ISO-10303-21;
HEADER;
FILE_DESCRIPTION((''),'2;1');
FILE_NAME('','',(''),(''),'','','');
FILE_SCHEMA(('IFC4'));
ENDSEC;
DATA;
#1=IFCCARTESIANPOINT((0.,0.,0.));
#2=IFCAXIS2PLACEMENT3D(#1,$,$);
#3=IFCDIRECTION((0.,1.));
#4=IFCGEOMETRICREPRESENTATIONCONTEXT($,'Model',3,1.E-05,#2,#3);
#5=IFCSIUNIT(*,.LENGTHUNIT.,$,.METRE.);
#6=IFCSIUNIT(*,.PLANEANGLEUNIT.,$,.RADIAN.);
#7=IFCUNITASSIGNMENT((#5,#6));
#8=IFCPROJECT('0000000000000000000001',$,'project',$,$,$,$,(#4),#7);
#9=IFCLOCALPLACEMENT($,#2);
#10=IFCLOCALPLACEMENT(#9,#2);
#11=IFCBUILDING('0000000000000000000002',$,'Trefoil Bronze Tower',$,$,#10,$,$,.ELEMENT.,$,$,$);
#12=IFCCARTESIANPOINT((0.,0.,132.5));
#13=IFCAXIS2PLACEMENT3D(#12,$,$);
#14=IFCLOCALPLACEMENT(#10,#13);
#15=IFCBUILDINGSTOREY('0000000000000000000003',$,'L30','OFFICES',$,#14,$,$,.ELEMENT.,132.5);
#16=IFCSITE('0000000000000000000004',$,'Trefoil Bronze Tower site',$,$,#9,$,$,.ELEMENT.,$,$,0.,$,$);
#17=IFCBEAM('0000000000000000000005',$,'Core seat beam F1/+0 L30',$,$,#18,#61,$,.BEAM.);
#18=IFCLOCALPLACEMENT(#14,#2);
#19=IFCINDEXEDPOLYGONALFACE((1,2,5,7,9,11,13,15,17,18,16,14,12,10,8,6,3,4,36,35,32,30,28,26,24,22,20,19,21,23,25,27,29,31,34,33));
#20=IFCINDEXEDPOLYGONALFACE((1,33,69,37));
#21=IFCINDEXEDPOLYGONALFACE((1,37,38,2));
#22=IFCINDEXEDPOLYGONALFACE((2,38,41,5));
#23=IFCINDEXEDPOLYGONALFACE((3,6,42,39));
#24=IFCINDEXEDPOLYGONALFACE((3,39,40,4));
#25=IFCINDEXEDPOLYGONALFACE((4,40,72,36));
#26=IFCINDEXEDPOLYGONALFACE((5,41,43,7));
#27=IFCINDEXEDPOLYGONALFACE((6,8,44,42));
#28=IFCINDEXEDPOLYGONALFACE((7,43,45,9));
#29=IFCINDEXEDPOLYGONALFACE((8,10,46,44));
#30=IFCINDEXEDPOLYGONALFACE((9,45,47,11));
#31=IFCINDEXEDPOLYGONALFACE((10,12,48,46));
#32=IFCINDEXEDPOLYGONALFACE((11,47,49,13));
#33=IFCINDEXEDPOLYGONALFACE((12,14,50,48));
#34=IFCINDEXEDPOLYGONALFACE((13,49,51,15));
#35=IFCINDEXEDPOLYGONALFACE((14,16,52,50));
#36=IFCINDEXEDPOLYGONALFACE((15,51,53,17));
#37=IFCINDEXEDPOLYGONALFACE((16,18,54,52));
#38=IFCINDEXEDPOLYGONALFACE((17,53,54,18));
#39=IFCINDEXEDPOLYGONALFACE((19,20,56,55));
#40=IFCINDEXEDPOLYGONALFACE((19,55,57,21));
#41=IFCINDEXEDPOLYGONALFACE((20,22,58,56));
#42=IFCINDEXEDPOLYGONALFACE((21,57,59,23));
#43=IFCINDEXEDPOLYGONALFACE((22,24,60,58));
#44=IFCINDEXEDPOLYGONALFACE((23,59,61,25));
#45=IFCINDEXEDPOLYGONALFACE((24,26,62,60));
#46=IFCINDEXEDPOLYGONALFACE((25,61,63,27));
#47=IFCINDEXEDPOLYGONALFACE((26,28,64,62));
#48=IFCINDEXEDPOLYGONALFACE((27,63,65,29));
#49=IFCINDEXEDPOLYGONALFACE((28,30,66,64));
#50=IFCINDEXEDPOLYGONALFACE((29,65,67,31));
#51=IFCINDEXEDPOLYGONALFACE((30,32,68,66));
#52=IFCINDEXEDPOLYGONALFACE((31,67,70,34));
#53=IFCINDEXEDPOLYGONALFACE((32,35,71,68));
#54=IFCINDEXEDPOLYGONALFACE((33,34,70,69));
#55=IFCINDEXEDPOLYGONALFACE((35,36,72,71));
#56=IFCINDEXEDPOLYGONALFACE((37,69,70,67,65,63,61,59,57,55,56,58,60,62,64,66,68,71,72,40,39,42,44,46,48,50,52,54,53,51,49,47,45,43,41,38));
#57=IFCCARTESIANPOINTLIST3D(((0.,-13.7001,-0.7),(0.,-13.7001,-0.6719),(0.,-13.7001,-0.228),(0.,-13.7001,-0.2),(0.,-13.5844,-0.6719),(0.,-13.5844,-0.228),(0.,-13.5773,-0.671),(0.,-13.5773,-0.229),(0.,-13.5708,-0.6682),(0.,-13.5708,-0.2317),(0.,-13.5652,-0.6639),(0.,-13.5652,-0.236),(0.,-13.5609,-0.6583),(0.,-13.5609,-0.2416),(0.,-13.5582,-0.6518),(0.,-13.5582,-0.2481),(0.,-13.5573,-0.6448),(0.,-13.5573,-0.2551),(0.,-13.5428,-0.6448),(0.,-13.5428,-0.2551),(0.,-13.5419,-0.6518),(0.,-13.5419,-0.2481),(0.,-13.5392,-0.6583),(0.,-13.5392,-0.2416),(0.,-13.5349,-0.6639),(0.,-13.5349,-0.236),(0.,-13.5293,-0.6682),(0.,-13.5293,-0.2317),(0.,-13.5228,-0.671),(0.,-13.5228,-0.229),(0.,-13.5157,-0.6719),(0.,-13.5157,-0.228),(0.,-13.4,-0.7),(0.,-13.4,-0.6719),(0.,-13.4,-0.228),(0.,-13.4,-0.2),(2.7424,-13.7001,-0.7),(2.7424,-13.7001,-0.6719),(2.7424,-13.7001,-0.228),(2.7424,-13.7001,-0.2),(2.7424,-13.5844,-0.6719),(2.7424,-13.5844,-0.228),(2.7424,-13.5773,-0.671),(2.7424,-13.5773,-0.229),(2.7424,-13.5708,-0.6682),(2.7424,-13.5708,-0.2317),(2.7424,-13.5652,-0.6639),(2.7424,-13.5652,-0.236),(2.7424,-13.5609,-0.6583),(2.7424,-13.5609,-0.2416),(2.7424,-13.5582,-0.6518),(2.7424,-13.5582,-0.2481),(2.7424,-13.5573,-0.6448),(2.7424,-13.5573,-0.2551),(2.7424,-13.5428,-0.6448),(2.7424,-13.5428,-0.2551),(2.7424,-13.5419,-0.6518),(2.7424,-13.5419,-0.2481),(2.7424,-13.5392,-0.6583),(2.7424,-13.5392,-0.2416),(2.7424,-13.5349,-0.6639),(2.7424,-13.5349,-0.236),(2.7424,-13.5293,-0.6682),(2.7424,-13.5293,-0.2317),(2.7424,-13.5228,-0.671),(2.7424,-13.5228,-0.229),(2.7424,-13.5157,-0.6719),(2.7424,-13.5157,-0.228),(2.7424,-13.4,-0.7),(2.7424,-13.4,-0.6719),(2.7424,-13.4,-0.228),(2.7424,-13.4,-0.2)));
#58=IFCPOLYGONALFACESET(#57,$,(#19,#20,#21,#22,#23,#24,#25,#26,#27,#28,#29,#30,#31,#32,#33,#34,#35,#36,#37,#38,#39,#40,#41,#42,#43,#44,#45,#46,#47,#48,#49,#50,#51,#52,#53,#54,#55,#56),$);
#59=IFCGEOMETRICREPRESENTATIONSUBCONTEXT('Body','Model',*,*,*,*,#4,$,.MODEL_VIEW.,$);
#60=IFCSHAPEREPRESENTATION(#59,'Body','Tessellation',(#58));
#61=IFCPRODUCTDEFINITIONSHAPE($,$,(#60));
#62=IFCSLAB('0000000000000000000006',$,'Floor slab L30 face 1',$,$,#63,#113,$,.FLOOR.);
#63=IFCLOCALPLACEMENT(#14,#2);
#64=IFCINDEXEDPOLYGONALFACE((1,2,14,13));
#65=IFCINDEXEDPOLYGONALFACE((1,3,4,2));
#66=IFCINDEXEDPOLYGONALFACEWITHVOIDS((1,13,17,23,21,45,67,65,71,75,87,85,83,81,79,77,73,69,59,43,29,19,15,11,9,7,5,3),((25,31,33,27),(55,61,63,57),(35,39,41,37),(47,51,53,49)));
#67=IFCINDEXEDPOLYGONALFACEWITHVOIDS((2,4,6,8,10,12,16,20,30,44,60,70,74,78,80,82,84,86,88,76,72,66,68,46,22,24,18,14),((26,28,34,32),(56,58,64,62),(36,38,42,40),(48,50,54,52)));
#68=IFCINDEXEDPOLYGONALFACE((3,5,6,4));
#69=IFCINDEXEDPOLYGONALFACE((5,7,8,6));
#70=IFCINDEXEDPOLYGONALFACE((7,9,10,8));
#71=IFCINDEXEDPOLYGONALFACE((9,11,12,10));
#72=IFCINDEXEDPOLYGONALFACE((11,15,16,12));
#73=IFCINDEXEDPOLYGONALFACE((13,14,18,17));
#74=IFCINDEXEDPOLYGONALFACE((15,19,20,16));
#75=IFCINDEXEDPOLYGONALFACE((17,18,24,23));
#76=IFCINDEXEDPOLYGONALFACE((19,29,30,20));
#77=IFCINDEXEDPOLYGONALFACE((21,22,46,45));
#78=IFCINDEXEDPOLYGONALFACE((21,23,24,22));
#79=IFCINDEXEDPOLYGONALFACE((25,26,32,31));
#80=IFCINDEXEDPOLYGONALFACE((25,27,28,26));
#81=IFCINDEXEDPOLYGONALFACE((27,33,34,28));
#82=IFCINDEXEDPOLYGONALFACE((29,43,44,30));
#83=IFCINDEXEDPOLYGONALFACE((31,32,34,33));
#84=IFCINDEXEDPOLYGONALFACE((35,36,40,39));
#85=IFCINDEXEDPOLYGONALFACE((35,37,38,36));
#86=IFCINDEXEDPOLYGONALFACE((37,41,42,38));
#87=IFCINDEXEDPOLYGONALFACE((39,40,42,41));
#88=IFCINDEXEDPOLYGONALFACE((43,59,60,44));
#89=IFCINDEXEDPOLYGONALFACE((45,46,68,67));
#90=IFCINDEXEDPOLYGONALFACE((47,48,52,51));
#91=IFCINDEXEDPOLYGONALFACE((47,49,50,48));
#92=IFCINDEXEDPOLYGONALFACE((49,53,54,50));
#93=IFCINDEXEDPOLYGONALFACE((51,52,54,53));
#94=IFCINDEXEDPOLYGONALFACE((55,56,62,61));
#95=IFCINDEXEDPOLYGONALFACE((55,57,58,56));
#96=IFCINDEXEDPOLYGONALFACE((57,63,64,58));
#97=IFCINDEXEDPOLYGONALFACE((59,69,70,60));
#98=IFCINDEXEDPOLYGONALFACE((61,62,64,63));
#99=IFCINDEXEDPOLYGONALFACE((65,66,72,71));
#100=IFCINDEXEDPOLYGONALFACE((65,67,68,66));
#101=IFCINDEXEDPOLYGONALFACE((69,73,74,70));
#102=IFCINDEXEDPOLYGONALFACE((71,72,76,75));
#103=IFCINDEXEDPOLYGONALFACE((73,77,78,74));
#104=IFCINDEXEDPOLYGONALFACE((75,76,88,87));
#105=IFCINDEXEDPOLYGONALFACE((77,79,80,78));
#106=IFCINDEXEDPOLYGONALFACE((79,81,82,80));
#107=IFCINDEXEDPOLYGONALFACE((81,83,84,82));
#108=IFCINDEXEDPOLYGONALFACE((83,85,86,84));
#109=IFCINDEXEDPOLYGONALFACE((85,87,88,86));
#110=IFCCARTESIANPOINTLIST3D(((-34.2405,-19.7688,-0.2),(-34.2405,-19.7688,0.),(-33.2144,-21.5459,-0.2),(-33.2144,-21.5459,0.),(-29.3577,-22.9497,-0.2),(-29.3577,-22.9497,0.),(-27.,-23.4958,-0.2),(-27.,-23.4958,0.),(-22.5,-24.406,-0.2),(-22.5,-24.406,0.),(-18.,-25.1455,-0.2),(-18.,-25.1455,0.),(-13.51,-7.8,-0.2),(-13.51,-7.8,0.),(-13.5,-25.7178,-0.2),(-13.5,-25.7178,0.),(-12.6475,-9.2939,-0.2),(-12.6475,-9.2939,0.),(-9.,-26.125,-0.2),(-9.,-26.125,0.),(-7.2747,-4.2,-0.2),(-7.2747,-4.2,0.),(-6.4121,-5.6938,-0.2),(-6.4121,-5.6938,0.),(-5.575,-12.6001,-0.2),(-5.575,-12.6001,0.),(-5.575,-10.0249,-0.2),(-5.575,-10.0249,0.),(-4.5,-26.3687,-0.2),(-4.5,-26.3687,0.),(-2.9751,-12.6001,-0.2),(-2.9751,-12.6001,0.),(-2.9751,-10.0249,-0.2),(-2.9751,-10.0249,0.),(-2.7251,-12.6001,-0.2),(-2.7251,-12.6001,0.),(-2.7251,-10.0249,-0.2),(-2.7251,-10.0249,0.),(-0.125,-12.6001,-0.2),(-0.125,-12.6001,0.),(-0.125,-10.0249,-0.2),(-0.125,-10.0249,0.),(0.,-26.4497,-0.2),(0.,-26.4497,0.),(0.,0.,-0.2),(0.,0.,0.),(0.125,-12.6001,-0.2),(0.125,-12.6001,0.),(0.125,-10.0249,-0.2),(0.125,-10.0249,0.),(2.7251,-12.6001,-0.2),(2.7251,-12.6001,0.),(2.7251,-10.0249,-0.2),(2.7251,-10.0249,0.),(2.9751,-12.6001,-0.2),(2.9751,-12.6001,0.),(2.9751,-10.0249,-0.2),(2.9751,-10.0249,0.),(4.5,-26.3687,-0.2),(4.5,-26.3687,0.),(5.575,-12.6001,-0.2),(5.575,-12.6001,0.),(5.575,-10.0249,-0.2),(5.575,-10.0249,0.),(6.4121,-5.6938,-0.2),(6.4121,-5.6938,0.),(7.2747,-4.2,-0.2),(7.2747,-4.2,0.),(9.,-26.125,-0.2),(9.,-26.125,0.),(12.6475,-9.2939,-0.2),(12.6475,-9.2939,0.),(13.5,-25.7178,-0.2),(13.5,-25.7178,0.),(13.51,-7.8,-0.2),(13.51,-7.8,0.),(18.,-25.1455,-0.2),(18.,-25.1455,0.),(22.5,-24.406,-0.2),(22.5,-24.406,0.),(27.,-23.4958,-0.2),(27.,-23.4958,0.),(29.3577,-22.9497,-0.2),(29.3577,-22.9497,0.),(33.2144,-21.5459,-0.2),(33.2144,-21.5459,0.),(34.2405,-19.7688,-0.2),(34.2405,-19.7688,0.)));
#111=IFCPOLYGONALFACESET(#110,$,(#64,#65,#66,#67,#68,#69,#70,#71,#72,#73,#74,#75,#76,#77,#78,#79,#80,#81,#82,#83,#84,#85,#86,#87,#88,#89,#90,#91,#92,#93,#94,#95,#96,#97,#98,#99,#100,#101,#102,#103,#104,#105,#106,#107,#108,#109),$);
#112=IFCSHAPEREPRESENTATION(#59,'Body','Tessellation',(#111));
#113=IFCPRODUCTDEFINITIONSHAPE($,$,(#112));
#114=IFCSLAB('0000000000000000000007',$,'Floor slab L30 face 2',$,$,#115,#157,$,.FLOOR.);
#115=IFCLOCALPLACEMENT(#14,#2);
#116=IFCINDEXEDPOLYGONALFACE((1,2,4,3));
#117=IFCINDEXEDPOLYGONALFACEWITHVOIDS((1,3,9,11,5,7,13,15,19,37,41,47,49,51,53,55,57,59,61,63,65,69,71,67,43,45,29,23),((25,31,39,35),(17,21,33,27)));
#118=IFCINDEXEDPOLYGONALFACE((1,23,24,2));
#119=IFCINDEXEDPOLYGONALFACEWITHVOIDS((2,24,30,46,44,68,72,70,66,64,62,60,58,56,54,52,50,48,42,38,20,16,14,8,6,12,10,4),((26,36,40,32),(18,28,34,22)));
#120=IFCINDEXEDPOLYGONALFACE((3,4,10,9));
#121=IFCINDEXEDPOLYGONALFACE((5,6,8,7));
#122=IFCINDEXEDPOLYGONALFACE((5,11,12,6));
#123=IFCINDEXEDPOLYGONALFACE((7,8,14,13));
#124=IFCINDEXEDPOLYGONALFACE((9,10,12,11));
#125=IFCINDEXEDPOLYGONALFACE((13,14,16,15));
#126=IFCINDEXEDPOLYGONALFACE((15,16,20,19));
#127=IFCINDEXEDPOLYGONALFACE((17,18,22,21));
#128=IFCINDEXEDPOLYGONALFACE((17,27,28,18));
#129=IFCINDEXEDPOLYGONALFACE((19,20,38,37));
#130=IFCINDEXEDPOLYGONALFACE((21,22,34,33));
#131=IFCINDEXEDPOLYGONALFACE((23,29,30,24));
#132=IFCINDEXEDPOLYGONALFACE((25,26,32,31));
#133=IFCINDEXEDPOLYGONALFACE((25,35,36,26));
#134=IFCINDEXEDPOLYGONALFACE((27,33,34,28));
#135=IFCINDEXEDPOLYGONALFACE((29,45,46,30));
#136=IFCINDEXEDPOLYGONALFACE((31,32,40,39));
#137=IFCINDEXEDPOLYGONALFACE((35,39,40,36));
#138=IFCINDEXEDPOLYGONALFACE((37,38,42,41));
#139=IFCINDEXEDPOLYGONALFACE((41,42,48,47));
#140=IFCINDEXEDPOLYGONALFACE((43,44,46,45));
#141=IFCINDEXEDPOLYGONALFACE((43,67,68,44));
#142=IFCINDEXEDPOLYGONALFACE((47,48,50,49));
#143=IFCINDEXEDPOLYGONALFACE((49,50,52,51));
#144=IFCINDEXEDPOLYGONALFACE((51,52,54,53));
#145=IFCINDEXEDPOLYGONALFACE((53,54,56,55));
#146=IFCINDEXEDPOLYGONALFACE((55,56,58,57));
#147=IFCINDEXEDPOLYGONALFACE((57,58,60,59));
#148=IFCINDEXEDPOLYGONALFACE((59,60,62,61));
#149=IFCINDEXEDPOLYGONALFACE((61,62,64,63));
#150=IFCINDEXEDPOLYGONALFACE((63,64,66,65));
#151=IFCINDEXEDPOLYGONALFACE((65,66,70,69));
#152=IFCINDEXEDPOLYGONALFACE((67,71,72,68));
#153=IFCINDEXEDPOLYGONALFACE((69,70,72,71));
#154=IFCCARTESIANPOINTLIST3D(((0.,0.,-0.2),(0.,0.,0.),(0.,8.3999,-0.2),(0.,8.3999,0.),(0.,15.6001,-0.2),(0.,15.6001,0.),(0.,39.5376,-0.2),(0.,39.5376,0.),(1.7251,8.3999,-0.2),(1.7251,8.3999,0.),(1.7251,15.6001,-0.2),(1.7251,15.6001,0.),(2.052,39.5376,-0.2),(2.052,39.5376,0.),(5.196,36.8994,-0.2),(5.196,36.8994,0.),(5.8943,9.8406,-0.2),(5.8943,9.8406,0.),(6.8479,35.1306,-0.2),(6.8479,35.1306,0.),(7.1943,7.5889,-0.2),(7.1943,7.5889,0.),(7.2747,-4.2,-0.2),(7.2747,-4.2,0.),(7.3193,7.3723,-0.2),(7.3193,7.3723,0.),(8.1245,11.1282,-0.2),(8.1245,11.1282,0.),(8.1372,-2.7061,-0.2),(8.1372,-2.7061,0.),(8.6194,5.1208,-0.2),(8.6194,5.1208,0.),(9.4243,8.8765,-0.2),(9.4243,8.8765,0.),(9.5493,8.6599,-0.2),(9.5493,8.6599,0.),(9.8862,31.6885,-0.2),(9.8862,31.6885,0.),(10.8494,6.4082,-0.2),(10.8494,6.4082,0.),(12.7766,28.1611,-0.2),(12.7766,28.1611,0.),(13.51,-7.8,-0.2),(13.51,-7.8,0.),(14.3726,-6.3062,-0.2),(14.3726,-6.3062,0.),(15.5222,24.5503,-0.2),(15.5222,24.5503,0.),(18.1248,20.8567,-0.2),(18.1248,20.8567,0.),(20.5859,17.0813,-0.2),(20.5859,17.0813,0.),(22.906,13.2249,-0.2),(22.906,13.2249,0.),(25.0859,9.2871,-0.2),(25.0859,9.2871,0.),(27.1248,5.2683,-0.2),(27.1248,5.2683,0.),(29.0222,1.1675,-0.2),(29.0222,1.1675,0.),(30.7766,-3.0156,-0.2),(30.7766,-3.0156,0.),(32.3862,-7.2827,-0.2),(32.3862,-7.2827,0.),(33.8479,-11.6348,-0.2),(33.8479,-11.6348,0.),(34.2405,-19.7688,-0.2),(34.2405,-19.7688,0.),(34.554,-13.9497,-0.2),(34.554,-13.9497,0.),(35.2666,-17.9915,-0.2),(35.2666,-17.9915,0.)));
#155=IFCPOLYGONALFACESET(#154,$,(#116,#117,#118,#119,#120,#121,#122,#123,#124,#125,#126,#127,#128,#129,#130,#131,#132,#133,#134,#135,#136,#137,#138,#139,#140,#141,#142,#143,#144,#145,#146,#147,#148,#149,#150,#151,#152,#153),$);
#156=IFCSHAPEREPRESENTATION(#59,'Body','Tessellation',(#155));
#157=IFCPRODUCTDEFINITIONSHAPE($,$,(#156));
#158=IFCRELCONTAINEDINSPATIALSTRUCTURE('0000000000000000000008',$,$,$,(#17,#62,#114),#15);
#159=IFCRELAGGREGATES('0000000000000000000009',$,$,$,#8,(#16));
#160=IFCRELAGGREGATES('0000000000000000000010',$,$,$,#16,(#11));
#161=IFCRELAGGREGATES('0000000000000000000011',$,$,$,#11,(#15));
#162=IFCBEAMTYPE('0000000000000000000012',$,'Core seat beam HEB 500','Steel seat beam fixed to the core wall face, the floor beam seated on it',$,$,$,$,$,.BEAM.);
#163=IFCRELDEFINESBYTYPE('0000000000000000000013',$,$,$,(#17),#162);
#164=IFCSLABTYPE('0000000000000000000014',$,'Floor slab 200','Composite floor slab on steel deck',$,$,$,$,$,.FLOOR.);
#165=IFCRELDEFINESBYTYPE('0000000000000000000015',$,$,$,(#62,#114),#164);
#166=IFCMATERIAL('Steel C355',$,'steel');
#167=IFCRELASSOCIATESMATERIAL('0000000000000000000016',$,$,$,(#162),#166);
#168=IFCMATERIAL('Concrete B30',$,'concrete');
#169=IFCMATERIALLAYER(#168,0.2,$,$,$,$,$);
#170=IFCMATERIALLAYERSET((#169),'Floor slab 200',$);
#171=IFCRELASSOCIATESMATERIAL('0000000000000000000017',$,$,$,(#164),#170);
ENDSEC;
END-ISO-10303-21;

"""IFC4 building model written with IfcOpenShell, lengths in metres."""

from ifc_helpers import new_model, si_unit, direction, frame, origin, origin_2d, place, context, subcontext, project, spatial, polyline, i_section, outline, extrude, material, layer, layer_set, material_profile, profile_set, type_object, element, save


model = new_model("IFC4")

# Units and contexts
model_context = context("Model", 3, precision=1e-05, world=origin(), true_north=direction((0.0, 1.0)))
body_context = subcontext(model_context, "Body", "Model", "MODEL_VIEW")
ifc_project = project(units=[si_unit("LENGTHUNIT", "METRE"), si_unit("PLANEANGLEUNIT", "RADIAN")], contexts=[model_context])

# Site, building, storey
site_placement = place(None, origin())
site = spatial("IfcSite", under=ifc_project, at=site_placement, Name="Trefoil Bronze Tower site", CompositionType="ELEMENT", RefElevation=0.0)
building_placement = place(site_placement, origin())
building = spatial("IfcBuilding", under=site, at=building_placement, Name="Trefoil Bronze Tower", CompositionType="ELEMENT")
storey_placement = place(building_placement, frame((0.0, 0.0, 132.5)))
storey = spatial("IfcBuildingStorey", under=building, at=storey_placement, Name="L30", Description="OFFICES", CompositionType="ELEMENT", Elevation=132.5)

# Beam
ifc_material_1 = material(Name="Steel C355", Category="steel")
ifc_material_profile = material_profile(ifc_material_1, i_section(OverallWidth=0.3, OverallDepth=0.5, WebThickness=0.0144, FlangeThickness=0.0281, FilletRadius=0.0271, at=origin_2d()), Name="HEB 500")
ifc_profile_set = profile_set([ifc_material_profile], Name="Steel C355")
beam_type = type_object("IfcBeamType", Name="Core seat beam HEB 500", Description="Steel seat beam fixed to the core wall face, the floor beam seated on it", PredefinedType="BEAM", material=ifc_profile_set)
beam_placement = place(storey_placement, frame((0.0, -13.55, -0.45), z_axis=(1.0, 0.0, 0.0), x_axis=(0.0, 1.0, 0.0)))
element("IfcBeam", 1, at=beam_placement, inside=storey, type_object=beam_type, Name="Core seat beam F1/+0 L30", PredefinedType="BEAM", context=body_context, shape_type="SweptSolid", body=[
    extrude(i_section(OverallWidth=0.3, OverallDepth=0.5, WebThickness=0.0144, FlangeThickness=0.0281, FilletRadius=0.0271, at=origin_2d()), origin(), (0.0, 0.0, 1.0), 2.7424),
])

# Slabs
ifc_material_2 = material(Name="Concrete B30", Category="concrete")
ifc_layer_1 = layer(ifc_material_2, 0.2)
ifc_layer_set_1 = layer_set([ifc_layer_1], Name="Floor slab 200")
slab_type = type_object("IfcSlabType", Name="Floor slab 200", Description="Composite floor slab on steel deck", PredefinedType="FLOOR", material=ifc_layer_set_1)
slab_1_placement = place(storey_placement, frame((0.0, 0.0, -0.2)))
element("IfcSlab", 2, at=slab_1_placement, inside=storey, type_object=slab_type, Name="Floor slab L30 face 1", PredefinedType="FLOOR", context=body_context, shape_type="SweptSolid", body=[
    extrude(outline(polyline([(22.5, -24.406), (18.0, -25.1455), (13.5, -25.7178), (9.0, -26.125), (4.5, -26.3687), (0.0, -26.4497), (-4.5, -26.3687), (-9.0, -26.125), (-13.5, -25.7178), (-18.0, -25.1455), (-22.5, -24.406), (-27.0, -23.4958), (-29.3577, -22.9497), (-33.2144, -21.5459), (-34.2405, -19.7688), (-13.51, -7.8), (-12.6475, -9.2939), (-6.4121, -5.6938), (-7.2747, -4.2), (0.0, 0.0), (7.2747, -4.2), (6.4121, -5.6938), (12.6475, -9.2939), (13.51, -7.8), (34.2405, -19.7688), (33.2144, -21.5459), (29.3577, -22.9497), (27.0, -23.4958), (22.5, -24.406)]), holes=[polyline([(-5.575, -10.0249), (-2.9751, -10.0249), (-2.9751, -12.6001), (-5.575, -12.6001), (-5.575, -10.0249)]), polyline([(-2.7251, -10.0249), (-0.125, -10.0249), (-0.125, -12.6001), (-2.7251, -12.6001), (-2.7251, -10.0249)]), polyline([(0.125, -10.0249), (2.7251, -10.0249), (2.7251, -12.6001), (0.125, -12.6001), (0.125, -10.0249)]), polyline([(2.9751, -10.0249), (5.575, -10.0249), (5.575, -12.6001), (2.9751, -12.6001), (2.9751, -10.0249)])]), origin(), (0.0, 0.0, 1.0), 0.2),
])
slab_2_placement = place(storey_placement, frame((0.0, 0.0, -0.2)))
element("IfcSlab", 3, at=slab_2_placement, inside=storey, type_object=slab_type, Name="Floor slab L30 face 2", PredefinedType="FLOOR", context=body_context, shape_type="SweptSolid", body=[
    extrude(outline(polyline([(9.8862, 31.6885), (12.7766, 28.1611), (15.5222, 24.5503), (18.1248, 20.8567), (20.5859, 17.0813), (22.906, 13.2249), (25.0859, 9.2871), (27.1248, 5.2683), (29.0222, 1.1675), (30.7766, -3.0156), (32.3862, -7.2827), (33.8479, -11.6348), (34.554, -13.9497), (35.2666, -17.9915), (34.2405, -19.7688), (13.51, -7.8), (14.3726, -6.3062), (8.1372, -2.7061), (7.2747, -4.2), (0.0, 0.0), (0.0, 8.3999), (1.7251, 8.3999), (1.7251, 15.6001), (0.0, 15.6001), (0.0, 39.5376), (2.052, 39.5376), (5.196, 36.8994), (6.8479, 35.1306), (9.8862, 31.6885)]), holes=[polyline([(8.6194, 5.1208), (7.3193, 7.3723), (9.5493, 8.6599), (10.8494, 6.4082), (8.6194, 5.1208)]), polyline([(7.1943, 7.5889), (5.8943, 9.8406), (8.1245, 11.1282), (9.4243, 8.8765), (7.1943, 7.5889)])]), origin(), (0.0, 0.0, 1.0), 0.2),
])

save(model, "model.ifc")
